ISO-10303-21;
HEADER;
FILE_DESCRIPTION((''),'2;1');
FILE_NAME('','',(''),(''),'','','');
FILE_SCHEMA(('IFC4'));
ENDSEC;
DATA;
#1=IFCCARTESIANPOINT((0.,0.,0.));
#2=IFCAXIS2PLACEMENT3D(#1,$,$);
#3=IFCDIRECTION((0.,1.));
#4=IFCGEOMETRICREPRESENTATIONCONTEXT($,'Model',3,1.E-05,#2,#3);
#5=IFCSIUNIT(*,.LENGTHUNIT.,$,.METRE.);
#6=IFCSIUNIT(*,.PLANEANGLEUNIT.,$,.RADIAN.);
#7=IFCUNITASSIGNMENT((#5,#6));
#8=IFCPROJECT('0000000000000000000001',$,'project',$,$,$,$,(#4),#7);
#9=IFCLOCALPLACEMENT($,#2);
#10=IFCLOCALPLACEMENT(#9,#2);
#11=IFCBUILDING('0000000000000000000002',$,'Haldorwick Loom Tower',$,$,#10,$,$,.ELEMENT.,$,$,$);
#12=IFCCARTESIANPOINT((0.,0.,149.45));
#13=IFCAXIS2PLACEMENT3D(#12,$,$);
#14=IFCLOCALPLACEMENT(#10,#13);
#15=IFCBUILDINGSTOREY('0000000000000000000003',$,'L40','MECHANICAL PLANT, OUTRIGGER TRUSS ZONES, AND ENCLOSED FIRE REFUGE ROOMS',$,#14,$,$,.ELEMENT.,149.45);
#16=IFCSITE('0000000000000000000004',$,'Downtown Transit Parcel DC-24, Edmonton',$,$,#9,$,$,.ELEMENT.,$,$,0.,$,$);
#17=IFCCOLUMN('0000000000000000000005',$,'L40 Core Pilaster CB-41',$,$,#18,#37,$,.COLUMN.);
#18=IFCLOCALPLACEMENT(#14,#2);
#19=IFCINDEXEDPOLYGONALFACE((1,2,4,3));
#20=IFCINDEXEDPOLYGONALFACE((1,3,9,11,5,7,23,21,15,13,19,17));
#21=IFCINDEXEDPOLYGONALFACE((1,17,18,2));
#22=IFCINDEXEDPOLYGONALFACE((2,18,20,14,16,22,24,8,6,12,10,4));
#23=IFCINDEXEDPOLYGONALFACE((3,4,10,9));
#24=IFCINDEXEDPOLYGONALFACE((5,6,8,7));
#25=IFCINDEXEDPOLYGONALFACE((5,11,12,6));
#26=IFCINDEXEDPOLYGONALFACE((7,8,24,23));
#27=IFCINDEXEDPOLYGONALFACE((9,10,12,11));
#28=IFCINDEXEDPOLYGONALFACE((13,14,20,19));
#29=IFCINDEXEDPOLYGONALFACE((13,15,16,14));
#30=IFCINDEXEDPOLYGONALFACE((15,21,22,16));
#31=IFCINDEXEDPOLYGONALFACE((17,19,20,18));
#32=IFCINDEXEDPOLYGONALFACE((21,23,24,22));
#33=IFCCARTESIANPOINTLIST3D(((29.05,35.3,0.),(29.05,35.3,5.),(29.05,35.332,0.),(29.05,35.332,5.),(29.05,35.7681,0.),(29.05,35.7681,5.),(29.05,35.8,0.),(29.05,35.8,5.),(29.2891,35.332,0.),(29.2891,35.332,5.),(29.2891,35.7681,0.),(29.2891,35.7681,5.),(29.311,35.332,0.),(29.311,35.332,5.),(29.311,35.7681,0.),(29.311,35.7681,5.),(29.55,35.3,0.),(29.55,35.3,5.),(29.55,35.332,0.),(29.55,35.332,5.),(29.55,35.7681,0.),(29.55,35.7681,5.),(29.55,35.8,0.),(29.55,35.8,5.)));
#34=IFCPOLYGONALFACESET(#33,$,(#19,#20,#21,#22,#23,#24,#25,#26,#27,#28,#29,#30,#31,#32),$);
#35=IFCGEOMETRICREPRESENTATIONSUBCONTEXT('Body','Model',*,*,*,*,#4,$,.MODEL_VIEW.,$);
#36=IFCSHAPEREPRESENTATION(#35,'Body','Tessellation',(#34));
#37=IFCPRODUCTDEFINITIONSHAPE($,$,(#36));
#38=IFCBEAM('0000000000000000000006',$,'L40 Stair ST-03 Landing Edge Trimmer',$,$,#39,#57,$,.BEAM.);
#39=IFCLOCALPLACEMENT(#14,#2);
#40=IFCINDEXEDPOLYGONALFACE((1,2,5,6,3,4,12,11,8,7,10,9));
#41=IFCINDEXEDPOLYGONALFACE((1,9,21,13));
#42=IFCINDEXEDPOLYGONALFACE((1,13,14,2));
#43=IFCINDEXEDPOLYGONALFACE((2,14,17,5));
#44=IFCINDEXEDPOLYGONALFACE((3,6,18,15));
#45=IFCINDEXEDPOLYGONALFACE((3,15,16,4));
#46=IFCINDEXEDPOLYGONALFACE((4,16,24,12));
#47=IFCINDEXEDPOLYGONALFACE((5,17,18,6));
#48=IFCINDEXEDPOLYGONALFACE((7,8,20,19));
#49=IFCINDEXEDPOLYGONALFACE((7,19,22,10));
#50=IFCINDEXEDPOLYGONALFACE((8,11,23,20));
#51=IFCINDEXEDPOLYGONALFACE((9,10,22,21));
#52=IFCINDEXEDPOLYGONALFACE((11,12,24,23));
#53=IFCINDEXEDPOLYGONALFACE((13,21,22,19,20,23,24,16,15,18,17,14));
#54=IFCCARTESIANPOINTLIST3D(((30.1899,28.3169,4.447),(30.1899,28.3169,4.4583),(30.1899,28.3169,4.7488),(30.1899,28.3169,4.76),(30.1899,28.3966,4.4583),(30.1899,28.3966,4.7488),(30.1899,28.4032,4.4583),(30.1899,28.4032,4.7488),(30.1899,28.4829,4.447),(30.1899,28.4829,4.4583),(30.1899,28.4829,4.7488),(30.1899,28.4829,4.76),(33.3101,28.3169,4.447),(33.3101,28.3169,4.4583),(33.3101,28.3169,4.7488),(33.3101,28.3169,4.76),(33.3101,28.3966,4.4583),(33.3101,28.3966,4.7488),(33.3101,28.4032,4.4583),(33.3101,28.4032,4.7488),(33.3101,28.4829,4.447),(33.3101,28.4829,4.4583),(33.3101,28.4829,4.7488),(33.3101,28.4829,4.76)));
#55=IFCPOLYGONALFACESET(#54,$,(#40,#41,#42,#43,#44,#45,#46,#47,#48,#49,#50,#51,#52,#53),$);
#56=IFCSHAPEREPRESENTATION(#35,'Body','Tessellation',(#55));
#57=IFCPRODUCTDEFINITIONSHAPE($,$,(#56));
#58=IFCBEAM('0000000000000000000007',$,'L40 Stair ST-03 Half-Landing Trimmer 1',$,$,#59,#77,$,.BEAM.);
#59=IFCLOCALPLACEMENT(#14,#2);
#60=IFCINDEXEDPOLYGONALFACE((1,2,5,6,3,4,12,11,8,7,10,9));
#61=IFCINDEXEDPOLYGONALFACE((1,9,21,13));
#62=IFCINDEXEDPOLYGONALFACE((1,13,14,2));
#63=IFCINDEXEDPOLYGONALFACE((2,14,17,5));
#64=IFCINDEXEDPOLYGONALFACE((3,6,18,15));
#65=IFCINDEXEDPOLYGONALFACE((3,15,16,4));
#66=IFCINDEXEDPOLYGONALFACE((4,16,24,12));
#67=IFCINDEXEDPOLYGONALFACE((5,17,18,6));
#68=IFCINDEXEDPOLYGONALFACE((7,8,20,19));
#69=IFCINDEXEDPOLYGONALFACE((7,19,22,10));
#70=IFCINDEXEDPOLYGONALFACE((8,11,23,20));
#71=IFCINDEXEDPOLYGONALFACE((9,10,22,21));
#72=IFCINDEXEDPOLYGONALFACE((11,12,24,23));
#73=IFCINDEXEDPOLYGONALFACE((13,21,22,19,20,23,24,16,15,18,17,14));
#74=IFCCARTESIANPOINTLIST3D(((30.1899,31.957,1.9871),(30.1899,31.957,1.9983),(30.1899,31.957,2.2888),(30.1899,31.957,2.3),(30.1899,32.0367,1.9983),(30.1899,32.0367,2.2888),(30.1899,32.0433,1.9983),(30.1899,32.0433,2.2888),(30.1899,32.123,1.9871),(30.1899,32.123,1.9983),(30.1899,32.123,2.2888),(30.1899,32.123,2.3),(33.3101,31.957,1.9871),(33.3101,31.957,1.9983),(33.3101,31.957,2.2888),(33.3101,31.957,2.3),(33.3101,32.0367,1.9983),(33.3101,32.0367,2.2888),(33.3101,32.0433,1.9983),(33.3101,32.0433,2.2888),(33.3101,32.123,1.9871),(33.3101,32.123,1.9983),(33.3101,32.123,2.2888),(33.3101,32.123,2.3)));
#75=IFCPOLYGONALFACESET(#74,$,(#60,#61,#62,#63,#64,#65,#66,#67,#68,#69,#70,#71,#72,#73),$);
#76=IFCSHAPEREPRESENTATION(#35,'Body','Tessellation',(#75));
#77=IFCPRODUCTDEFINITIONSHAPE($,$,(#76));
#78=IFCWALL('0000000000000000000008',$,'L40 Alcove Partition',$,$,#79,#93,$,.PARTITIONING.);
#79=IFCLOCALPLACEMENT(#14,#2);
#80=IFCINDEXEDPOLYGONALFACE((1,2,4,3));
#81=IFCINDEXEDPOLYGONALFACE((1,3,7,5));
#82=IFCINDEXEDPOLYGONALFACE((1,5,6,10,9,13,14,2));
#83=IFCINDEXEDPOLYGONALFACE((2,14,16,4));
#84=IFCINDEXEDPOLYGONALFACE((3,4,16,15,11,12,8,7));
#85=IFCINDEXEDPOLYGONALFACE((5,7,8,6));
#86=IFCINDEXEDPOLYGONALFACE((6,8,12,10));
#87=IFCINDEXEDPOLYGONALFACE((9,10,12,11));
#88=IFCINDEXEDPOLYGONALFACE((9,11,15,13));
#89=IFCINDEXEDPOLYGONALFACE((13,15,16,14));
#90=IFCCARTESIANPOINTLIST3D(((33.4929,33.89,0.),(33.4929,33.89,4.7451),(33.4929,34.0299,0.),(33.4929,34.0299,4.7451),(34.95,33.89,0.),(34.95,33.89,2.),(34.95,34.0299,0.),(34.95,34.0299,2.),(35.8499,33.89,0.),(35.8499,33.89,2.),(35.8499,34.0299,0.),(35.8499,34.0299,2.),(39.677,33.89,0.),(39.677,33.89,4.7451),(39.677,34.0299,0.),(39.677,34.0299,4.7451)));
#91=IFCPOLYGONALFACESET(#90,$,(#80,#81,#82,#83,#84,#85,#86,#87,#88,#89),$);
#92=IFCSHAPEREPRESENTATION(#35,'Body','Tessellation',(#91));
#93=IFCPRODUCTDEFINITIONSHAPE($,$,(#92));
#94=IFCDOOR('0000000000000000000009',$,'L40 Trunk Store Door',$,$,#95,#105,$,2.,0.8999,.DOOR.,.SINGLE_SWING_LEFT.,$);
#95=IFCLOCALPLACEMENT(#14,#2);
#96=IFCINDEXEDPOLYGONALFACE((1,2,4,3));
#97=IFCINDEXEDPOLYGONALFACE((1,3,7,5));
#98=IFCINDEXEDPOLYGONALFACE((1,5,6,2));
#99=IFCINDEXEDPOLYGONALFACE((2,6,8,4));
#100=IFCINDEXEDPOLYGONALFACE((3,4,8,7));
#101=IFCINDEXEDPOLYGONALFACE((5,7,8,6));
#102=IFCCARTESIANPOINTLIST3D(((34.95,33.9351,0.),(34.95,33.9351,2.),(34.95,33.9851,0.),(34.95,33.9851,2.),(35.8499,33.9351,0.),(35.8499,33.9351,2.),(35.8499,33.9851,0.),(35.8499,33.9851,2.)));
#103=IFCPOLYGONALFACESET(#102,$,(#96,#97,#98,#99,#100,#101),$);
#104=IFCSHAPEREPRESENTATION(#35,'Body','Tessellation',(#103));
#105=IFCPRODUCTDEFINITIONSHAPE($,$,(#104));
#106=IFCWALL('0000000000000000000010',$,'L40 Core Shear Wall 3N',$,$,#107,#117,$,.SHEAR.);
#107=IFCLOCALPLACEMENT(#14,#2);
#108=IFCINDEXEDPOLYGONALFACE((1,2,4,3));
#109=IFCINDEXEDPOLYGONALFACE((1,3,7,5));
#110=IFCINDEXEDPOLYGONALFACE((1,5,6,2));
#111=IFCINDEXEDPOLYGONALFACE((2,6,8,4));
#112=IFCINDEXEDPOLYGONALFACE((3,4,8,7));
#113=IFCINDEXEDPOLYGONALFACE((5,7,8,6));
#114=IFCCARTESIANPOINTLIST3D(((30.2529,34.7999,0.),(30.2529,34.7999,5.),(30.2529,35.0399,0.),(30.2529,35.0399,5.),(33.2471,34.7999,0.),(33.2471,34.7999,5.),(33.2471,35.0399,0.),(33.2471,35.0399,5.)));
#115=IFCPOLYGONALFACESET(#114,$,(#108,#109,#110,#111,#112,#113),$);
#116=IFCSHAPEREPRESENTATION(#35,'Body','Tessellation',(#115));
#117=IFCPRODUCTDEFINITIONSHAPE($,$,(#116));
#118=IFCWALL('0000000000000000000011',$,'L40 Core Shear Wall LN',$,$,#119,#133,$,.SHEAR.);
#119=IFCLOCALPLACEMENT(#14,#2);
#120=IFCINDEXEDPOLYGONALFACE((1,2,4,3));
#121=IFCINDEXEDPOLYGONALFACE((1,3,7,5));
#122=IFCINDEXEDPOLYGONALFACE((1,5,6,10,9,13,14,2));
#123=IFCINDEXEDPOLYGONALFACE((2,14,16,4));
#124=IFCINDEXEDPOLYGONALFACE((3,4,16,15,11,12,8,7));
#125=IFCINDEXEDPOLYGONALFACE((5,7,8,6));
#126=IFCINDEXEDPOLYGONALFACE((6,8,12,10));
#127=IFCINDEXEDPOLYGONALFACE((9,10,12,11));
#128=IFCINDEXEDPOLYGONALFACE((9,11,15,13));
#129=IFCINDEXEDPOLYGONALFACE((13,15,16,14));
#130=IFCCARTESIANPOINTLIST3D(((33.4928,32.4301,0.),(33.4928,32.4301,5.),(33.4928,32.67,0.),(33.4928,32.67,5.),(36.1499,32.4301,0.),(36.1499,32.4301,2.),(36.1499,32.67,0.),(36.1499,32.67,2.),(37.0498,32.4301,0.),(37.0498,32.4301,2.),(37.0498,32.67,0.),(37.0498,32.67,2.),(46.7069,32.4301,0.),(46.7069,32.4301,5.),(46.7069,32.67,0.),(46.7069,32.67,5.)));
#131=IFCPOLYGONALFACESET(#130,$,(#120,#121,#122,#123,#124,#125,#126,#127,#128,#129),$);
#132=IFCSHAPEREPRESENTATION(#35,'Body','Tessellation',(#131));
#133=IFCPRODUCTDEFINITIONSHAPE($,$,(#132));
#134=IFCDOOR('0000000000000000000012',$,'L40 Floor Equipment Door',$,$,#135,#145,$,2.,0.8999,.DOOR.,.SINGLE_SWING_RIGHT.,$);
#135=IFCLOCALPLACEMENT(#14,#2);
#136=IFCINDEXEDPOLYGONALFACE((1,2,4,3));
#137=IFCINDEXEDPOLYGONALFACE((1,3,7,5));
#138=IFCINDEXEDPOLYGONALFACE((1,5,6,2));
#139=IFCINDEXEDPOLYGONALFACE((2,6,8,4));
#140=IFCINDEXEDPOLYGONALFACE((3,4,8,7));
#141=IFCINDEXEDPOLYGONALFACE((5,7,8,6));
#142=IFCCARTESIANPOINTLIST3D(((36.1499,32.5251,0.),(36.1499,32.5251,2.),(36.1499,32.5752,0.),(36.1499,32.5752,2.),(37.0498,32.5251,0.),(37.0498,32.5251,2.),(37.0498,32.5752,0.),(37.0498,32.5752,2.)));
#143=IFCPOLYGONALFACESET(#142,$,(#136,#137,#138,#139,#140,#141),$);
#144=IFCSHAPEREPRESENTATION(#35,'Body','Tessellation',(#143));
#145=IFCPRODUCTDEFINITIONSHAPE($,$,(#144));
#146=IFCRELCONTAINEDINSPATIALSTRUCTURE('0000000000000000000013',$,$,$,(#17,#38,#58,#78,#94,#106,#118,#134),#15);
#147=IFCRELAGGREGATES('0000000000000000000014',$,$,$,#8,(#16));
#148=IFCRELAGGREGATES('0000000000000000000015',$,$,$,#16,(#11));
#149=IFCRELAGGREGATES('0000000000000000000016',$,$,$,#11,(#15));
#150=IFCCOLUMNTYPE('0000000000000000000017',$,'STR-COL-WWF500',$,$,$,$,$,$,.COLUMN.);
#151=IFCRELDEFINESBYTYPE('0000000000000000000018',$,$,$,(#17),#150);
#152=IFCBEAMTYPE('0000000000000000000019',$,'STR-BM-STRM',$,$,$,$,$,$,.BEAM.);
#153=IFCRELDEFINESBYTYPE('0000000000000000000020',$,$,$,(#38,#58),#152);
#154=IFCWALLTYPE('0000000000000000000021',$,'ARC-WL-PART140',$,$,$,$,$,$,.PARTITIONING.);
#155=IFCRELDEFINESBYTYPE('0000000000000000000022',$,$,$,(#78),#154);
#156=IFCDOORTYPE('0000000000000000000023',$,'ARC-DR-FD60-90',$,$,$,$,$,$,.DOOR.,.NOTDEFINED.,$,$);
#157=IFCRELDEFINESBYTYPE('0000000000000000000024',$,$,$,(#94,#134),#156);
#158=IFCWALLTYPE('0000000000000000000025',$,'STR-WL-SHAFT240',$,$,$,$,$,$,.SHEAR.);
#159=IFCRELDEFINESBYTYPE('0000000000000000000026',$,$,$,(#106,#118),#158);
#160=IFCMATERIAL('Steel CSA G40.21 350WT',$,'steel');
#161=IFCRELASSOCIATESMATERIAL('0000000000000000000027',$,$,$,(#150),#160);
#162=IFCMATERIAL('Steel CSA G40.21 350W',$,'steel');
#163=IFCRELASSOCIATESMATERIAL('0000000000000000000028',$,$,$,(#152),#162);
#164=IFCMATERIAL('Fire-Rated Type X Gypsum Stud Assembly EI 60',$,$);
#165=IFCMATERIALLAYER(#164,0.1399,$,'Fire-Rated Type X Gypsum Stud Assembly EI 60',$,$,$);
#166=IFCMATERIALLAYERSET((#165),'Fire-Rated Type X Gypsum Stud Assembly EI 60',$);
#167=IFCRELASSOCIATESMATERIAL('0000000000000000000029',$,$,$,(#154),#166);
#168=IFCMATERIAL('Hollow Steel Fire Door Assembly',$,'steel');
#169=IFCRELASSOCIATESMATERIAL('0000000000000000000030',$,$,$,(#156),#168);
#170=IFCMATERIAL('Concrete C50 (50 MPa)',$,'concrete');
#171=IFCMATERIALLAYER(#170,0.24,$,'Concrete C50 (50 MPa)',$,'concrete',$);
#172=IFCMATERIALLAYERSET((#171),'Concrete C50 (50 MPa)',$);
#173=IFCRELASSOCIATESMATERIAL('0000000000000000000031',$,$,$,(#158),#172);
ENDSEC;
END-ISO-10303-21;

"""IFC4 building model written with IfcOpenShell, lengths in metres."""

from ifc_helpers import new_model, si_unit, direction, frame, frame_2d, origin, origin_2d, place, context, subcontext, project, spatial, rectangle, i_section, extrude, material, layer, layer_set, material_profile, profile_set, type_object, element, fill, save


model = new_model("IFC4")

# Units and contexts
model_context = context("Model", 3, precision=1e-05, world=origin(), true_north=direction((0.0, 1.0)))
body_context = subcontext(model_context, "Body", "Model", "MODEL_VIEW")
ifc_project = project(units=[si_unit("LENGTHUNIT", "METRE"), si_unit("PLANEANGLEUNIT", "RADIAN")], contexts=[model_context])

# Site, building, storey
site_placement = place(None, origin())
site = spatial("IfcSite", under=ifc_project, at=site_placement, Name="Downtown Transit Parcel DC-24, Edmonton", CompositionType="ELEMENT", RefElevation=0.0)
building_placement = place(site_placement, origin())
building = spatial("IfcBuilding", under=site, at=building_placement, Name="Haldorwick Loom Tower", CompositionType="ELEMENT")
storey_placement = place(building_placement, frame((0.0, 0.0, 149.45)))
storey = spatial("IfcBuildingStorey", under=building, at=storey_placement, Name="L40", Description="MECHANICAL PLANT, OUTRIGGER TRUSS ZONES, AND ENCLOSED FIRE REFUGE ROOMS", CompositionType="ELEMENT", Elevation=149.45)

# Column
ifc_material_1 = material(Name="Steel CSA G40.21 350WT", Category="steel")
ifc_material_profile_1 = material_profile(ifc_material_1, i_section(OverallWidth=0.5, OverallDepth=0.5, WebThickness=0.022, FlangeThickness=0.032, at=origin_2d()), Name="WWF500X500", Category="steel")
ifc_profile_set_1 = profile_set([ifc_material_profile_1], Name="Steel CSA G40.21 350WT")
column_type = type_object("IfcColumnType", Name="STR-COL-WWF500", PredefinedType="COLUMN", material=ifc_profile_set_1)
column_placement = place(storey_placement, frame((29.3, 35.55, 0.0), z_axis=(0.0, 0.0, 1.0), x_axis=(1.0, 0.0, 0.0)))
element("IfcColumn", 1, at=column_placement, inside=storey, type_object=column_type, Name="L40 Core Pilaster CB-41", PredefinedType="COLUMN", context=body_context, shape_type="SweptSolid", body=[
    extrude(i_section(OverallWidth=0.5, OverallDepth=0.5, WebThickness=0.022, FlangeThickness=0.032, at=origin_2d()), origin(), (0.0, 0.0, 1.0), 5.0),
])

# Beams
ifc_material_2 = material(Name="Steel CSA G40.21 350W", Category="steel")
ifc_material_profile_2 = material_profile(ifc_material_2, i_section(OverallWidth=0.166, OverallDepth=0.313, WebThickness=0.0066, FlangeThickness=0.0112, at=origin_2d()), Name="W310X45", Category="steel")
ifc_profile_set_2 = profile_set([ifc_material_profile_2], Name="Steel CSA G40.21 350W")
beam_type = type_object("IfcBeamType", Name="STR-BM-STRM", PredefinedType="BEAM", material=ifc_profile_set_2)
for number, where, z_axis, x_axis, name in (
    (2, (30.1899, 28.3999, 4.6035), (1.0, 0.0, 0.0), (0.0, 1.0, 0.0), "L40 Stair ST-03 Landing Edge Trimmer"),
    (3, (30.1899, 32.04, 2.1436), (1.0, 0.0, 0.0), (0.0, 1.0, 0.0), "L40 Stair ST-03 Half-Landing Trimmer 1"),
):
    element("IfcBeam", number, at=place(storey_placement, frame(where, z_axis=z_axis, x_axis=x_axis)), inside=storey, type_object=beam_type, Name=name, PredefinedType="BEAM", context=body_context, shape_type="SweptSolid", body=[
        extrude(i_section(OverallWidth=0.166, OverallDepth=0.313, WebThickness=0.0066, FlangeThickness=0.0112, at=origin_2d()), origin(), (0.0, 0.0, 1.0), 3.1201),
    ])

# Wall, opening, door
ifc_material_3 = material(Name="Fire-Rated Type X Gypsum Stud Assembly EI 60")
ifc_layer_1 = layer(ifc_material_3, 0.1399, Name="Fire-Rated Type X Gypsum Stud Assembly EI 60")
ifc_layer_set_1 = layer_set([ifc_layer_1], Name="Fire-Rated Type X Gypsum Stud Assembly EI 60")
wall_type_1 = type_object("IfcWallType", Name="ARC-WL-PART140", PredefinedType="PARTITIONING", material=ifc_layer_set_1)
wall_1_placement = place(storey_placement, frame((33.4929, 33.96, 0.0), z_axis=(0.0, 0.0, 1.0), x_axis=(1.0, 0.0, 0.0)))
wall_1 = element("IfcWall", 4, at=wall_1_placement, inside=storey, type_object=wall_type_1, Name="L40 Alcove Partition", PredefinedType="PARTITIONING", context=body_context, shape_type="SweptSolid", body=[
    extrude(rectangle(XDim=6.1841, YDim=0.1399, at=frame_2d((3.092, 0.0))), origin(), (0.0, 0.0, 1.0), 4.7451),
])
opening_1_placement = place(wall_1_placement, frame((1.457, 0.0, 0.0)))
opening_1 = element("IfcOpeningElement", 5, at=opening_1_placement, cuts=wall_1, PredefinedType="OPENING", context=body_context, shape_type="SweptSolid", body=[
    extrude(rectangle(XDim=0.8999, YDim=2.0, at=frame_2d((0.45, 1.0))), frame((0.0, 0.0798, 0.0), z_axis=(0.0, -1.0, 0.0), x_axis=(1.0, 0.0, 0.0)), (0.0, 0.0, 1.0), 0.1599),
])
ifc_material_4 = material(Name="Hollow Steel Fire Door Assembly", Category="steel")
door_type_1 = type_object("IfcDoorType", Name="ARC-DR-FD60-90", OperationType="NOTDEFINED", PredefinedType="DOOR", material=ifc_material_4)
door_1_placement = place(opening_1_placement, frame((0.8999, 0.0, 0.0), z_axis=(0.0, 0.0, 1.0), x_axis=(-1.0, 0.0, 0.0)))
door_1 = element("IfcDoor", 6, at=door_1_placement, inside=storey, type_object=door_type_1, Name="L40 Trunk Store Door", OperationType="SINGLE_SWING_LEFT", OverallHeight=2.0, OverallWidth=0.8999, PredefinedType="DOOR", context=body_context, shape_type="SweptSolid", body=[
    extrude(rectangle(XDim=0.8999, YDim=2.0, at=frame_2d((0.45, 1.0))), frame((0.0, 0.0249, 0.0), z_axis=(0.0, -1.0, 0.0), x_axis=(1.0, 0.0, 0.0)), (0.0, 0.0, 1.0), 0.05),
])
fill(opening_1, door_1)

# Wall
ifc_material_5 = material(Name="Concrete C50 (50 MPa)", Category="concrete")
ifc_layer_2 = layer(ifc_material_5, 0.24, Name="Concrete C50 (50 MPa)", Category="concrete")
ifc_layer_set_2 = layer_set([ifc_layer_2], Name="Concrete C50 (50 MPa)")
wall_type_2 = type_object("IfcWallType", Name="STR-WL-SHAFT240", PredefinedType="SHEAR", material=ifc_layer_set_2)
wall_2_placement = place(storey_placement, frame((30.2529, 34.9199, 0.0), z_axis=(0.0, 0.0, 1.0), x_axis=(1.0, 0.0, 0.0)))
element("IfcWall", 7, at=wall_2_placement, inside=storey, type_object=wall_type_2, Name="L40 Core Shear Wall 3N", PredefinedType="SHEAR", context=body_context, shape_type="SweptSolid", body=[
    extrude(rectangle(XDim=2.9941, YDim=0.24, at=frame_2d((1.4971, 0.0))), origin(), (0.0, 0.0, 1.0), 5.0),
])

# Wall, opening, door
wall_3_placement = place(storey_placement, frame((33.4929, 32.55, 0.0), z_axis=(0.0, 0.0, 1.0), x_axis=(1.0, 0.0, 0.0)))
wall_3 = element("IfcWall", 8, at=wall_3_placement, inside=storey, type_object=wall_type_2, Name="L40 Core Shear Wall LN", PredefinedType="SHEAR", context=body_context, shape_type="SweptSolid", body=[
    extrude(rectangle(XDim=13.2141, YDim=0.24, at=frame_2d((6.6069, 0.0))), origin(), (0.0, 0.0, 1.0), 5.0),
])
opening_2_placement = place(wall_3_placement, frame((2.657, 0.0, 0.0)))
opening_2 = element("IfcOpeningElement", 9, at=opening_2_placement, cuts=wall_3, PredefinedType="OPENING", context=body_context, shape_type="SweptSolid", body=[
    extrude(rectangle(XDim=0.8999, YDim=2.0, at=frame_2d((0.45, 1.0))), frame((0.0, 0.1299, 0.0), z_axis=(0.0, -1.0, 0.0), x_axis=(1.0, 0.0, 0.0)), (0.0, 0.0, 1.0), 0.26),
])
door_2_placement = place(opening_2_placement, frame((0.8999, 0.0, 0.0), z_axis=(0.0, 0.0, 1.0), x_axis=(-1.0, 0.0, 0.0)))
door_2 = element("IfcDoor", 10, at=door_2_placement, inside=storey, type_object=door_type_1, Name="L40 Floor Equipment Door", OperationType="SINGLE_SWING_RIGHT", OverallHeight=2.0, OverallWidth=0.8999, PredefinedType="DOOR", context=body_context, shape_type="SweptSolid", body=[
    extrude(rectangle(XDim=0.8999, YDim=2.0, at=frame_2d((0.45, 1.0))), frame((0.0, 0.0249, 0.0), z_axis=(0.0, -1.0, 0.0), x_axis=(1.0, 0.0, 0.0)), (0.0, 0.0, 1.0), 0.05),
])
fill(opening_2, door_2)

save(model, "model.ifc")
